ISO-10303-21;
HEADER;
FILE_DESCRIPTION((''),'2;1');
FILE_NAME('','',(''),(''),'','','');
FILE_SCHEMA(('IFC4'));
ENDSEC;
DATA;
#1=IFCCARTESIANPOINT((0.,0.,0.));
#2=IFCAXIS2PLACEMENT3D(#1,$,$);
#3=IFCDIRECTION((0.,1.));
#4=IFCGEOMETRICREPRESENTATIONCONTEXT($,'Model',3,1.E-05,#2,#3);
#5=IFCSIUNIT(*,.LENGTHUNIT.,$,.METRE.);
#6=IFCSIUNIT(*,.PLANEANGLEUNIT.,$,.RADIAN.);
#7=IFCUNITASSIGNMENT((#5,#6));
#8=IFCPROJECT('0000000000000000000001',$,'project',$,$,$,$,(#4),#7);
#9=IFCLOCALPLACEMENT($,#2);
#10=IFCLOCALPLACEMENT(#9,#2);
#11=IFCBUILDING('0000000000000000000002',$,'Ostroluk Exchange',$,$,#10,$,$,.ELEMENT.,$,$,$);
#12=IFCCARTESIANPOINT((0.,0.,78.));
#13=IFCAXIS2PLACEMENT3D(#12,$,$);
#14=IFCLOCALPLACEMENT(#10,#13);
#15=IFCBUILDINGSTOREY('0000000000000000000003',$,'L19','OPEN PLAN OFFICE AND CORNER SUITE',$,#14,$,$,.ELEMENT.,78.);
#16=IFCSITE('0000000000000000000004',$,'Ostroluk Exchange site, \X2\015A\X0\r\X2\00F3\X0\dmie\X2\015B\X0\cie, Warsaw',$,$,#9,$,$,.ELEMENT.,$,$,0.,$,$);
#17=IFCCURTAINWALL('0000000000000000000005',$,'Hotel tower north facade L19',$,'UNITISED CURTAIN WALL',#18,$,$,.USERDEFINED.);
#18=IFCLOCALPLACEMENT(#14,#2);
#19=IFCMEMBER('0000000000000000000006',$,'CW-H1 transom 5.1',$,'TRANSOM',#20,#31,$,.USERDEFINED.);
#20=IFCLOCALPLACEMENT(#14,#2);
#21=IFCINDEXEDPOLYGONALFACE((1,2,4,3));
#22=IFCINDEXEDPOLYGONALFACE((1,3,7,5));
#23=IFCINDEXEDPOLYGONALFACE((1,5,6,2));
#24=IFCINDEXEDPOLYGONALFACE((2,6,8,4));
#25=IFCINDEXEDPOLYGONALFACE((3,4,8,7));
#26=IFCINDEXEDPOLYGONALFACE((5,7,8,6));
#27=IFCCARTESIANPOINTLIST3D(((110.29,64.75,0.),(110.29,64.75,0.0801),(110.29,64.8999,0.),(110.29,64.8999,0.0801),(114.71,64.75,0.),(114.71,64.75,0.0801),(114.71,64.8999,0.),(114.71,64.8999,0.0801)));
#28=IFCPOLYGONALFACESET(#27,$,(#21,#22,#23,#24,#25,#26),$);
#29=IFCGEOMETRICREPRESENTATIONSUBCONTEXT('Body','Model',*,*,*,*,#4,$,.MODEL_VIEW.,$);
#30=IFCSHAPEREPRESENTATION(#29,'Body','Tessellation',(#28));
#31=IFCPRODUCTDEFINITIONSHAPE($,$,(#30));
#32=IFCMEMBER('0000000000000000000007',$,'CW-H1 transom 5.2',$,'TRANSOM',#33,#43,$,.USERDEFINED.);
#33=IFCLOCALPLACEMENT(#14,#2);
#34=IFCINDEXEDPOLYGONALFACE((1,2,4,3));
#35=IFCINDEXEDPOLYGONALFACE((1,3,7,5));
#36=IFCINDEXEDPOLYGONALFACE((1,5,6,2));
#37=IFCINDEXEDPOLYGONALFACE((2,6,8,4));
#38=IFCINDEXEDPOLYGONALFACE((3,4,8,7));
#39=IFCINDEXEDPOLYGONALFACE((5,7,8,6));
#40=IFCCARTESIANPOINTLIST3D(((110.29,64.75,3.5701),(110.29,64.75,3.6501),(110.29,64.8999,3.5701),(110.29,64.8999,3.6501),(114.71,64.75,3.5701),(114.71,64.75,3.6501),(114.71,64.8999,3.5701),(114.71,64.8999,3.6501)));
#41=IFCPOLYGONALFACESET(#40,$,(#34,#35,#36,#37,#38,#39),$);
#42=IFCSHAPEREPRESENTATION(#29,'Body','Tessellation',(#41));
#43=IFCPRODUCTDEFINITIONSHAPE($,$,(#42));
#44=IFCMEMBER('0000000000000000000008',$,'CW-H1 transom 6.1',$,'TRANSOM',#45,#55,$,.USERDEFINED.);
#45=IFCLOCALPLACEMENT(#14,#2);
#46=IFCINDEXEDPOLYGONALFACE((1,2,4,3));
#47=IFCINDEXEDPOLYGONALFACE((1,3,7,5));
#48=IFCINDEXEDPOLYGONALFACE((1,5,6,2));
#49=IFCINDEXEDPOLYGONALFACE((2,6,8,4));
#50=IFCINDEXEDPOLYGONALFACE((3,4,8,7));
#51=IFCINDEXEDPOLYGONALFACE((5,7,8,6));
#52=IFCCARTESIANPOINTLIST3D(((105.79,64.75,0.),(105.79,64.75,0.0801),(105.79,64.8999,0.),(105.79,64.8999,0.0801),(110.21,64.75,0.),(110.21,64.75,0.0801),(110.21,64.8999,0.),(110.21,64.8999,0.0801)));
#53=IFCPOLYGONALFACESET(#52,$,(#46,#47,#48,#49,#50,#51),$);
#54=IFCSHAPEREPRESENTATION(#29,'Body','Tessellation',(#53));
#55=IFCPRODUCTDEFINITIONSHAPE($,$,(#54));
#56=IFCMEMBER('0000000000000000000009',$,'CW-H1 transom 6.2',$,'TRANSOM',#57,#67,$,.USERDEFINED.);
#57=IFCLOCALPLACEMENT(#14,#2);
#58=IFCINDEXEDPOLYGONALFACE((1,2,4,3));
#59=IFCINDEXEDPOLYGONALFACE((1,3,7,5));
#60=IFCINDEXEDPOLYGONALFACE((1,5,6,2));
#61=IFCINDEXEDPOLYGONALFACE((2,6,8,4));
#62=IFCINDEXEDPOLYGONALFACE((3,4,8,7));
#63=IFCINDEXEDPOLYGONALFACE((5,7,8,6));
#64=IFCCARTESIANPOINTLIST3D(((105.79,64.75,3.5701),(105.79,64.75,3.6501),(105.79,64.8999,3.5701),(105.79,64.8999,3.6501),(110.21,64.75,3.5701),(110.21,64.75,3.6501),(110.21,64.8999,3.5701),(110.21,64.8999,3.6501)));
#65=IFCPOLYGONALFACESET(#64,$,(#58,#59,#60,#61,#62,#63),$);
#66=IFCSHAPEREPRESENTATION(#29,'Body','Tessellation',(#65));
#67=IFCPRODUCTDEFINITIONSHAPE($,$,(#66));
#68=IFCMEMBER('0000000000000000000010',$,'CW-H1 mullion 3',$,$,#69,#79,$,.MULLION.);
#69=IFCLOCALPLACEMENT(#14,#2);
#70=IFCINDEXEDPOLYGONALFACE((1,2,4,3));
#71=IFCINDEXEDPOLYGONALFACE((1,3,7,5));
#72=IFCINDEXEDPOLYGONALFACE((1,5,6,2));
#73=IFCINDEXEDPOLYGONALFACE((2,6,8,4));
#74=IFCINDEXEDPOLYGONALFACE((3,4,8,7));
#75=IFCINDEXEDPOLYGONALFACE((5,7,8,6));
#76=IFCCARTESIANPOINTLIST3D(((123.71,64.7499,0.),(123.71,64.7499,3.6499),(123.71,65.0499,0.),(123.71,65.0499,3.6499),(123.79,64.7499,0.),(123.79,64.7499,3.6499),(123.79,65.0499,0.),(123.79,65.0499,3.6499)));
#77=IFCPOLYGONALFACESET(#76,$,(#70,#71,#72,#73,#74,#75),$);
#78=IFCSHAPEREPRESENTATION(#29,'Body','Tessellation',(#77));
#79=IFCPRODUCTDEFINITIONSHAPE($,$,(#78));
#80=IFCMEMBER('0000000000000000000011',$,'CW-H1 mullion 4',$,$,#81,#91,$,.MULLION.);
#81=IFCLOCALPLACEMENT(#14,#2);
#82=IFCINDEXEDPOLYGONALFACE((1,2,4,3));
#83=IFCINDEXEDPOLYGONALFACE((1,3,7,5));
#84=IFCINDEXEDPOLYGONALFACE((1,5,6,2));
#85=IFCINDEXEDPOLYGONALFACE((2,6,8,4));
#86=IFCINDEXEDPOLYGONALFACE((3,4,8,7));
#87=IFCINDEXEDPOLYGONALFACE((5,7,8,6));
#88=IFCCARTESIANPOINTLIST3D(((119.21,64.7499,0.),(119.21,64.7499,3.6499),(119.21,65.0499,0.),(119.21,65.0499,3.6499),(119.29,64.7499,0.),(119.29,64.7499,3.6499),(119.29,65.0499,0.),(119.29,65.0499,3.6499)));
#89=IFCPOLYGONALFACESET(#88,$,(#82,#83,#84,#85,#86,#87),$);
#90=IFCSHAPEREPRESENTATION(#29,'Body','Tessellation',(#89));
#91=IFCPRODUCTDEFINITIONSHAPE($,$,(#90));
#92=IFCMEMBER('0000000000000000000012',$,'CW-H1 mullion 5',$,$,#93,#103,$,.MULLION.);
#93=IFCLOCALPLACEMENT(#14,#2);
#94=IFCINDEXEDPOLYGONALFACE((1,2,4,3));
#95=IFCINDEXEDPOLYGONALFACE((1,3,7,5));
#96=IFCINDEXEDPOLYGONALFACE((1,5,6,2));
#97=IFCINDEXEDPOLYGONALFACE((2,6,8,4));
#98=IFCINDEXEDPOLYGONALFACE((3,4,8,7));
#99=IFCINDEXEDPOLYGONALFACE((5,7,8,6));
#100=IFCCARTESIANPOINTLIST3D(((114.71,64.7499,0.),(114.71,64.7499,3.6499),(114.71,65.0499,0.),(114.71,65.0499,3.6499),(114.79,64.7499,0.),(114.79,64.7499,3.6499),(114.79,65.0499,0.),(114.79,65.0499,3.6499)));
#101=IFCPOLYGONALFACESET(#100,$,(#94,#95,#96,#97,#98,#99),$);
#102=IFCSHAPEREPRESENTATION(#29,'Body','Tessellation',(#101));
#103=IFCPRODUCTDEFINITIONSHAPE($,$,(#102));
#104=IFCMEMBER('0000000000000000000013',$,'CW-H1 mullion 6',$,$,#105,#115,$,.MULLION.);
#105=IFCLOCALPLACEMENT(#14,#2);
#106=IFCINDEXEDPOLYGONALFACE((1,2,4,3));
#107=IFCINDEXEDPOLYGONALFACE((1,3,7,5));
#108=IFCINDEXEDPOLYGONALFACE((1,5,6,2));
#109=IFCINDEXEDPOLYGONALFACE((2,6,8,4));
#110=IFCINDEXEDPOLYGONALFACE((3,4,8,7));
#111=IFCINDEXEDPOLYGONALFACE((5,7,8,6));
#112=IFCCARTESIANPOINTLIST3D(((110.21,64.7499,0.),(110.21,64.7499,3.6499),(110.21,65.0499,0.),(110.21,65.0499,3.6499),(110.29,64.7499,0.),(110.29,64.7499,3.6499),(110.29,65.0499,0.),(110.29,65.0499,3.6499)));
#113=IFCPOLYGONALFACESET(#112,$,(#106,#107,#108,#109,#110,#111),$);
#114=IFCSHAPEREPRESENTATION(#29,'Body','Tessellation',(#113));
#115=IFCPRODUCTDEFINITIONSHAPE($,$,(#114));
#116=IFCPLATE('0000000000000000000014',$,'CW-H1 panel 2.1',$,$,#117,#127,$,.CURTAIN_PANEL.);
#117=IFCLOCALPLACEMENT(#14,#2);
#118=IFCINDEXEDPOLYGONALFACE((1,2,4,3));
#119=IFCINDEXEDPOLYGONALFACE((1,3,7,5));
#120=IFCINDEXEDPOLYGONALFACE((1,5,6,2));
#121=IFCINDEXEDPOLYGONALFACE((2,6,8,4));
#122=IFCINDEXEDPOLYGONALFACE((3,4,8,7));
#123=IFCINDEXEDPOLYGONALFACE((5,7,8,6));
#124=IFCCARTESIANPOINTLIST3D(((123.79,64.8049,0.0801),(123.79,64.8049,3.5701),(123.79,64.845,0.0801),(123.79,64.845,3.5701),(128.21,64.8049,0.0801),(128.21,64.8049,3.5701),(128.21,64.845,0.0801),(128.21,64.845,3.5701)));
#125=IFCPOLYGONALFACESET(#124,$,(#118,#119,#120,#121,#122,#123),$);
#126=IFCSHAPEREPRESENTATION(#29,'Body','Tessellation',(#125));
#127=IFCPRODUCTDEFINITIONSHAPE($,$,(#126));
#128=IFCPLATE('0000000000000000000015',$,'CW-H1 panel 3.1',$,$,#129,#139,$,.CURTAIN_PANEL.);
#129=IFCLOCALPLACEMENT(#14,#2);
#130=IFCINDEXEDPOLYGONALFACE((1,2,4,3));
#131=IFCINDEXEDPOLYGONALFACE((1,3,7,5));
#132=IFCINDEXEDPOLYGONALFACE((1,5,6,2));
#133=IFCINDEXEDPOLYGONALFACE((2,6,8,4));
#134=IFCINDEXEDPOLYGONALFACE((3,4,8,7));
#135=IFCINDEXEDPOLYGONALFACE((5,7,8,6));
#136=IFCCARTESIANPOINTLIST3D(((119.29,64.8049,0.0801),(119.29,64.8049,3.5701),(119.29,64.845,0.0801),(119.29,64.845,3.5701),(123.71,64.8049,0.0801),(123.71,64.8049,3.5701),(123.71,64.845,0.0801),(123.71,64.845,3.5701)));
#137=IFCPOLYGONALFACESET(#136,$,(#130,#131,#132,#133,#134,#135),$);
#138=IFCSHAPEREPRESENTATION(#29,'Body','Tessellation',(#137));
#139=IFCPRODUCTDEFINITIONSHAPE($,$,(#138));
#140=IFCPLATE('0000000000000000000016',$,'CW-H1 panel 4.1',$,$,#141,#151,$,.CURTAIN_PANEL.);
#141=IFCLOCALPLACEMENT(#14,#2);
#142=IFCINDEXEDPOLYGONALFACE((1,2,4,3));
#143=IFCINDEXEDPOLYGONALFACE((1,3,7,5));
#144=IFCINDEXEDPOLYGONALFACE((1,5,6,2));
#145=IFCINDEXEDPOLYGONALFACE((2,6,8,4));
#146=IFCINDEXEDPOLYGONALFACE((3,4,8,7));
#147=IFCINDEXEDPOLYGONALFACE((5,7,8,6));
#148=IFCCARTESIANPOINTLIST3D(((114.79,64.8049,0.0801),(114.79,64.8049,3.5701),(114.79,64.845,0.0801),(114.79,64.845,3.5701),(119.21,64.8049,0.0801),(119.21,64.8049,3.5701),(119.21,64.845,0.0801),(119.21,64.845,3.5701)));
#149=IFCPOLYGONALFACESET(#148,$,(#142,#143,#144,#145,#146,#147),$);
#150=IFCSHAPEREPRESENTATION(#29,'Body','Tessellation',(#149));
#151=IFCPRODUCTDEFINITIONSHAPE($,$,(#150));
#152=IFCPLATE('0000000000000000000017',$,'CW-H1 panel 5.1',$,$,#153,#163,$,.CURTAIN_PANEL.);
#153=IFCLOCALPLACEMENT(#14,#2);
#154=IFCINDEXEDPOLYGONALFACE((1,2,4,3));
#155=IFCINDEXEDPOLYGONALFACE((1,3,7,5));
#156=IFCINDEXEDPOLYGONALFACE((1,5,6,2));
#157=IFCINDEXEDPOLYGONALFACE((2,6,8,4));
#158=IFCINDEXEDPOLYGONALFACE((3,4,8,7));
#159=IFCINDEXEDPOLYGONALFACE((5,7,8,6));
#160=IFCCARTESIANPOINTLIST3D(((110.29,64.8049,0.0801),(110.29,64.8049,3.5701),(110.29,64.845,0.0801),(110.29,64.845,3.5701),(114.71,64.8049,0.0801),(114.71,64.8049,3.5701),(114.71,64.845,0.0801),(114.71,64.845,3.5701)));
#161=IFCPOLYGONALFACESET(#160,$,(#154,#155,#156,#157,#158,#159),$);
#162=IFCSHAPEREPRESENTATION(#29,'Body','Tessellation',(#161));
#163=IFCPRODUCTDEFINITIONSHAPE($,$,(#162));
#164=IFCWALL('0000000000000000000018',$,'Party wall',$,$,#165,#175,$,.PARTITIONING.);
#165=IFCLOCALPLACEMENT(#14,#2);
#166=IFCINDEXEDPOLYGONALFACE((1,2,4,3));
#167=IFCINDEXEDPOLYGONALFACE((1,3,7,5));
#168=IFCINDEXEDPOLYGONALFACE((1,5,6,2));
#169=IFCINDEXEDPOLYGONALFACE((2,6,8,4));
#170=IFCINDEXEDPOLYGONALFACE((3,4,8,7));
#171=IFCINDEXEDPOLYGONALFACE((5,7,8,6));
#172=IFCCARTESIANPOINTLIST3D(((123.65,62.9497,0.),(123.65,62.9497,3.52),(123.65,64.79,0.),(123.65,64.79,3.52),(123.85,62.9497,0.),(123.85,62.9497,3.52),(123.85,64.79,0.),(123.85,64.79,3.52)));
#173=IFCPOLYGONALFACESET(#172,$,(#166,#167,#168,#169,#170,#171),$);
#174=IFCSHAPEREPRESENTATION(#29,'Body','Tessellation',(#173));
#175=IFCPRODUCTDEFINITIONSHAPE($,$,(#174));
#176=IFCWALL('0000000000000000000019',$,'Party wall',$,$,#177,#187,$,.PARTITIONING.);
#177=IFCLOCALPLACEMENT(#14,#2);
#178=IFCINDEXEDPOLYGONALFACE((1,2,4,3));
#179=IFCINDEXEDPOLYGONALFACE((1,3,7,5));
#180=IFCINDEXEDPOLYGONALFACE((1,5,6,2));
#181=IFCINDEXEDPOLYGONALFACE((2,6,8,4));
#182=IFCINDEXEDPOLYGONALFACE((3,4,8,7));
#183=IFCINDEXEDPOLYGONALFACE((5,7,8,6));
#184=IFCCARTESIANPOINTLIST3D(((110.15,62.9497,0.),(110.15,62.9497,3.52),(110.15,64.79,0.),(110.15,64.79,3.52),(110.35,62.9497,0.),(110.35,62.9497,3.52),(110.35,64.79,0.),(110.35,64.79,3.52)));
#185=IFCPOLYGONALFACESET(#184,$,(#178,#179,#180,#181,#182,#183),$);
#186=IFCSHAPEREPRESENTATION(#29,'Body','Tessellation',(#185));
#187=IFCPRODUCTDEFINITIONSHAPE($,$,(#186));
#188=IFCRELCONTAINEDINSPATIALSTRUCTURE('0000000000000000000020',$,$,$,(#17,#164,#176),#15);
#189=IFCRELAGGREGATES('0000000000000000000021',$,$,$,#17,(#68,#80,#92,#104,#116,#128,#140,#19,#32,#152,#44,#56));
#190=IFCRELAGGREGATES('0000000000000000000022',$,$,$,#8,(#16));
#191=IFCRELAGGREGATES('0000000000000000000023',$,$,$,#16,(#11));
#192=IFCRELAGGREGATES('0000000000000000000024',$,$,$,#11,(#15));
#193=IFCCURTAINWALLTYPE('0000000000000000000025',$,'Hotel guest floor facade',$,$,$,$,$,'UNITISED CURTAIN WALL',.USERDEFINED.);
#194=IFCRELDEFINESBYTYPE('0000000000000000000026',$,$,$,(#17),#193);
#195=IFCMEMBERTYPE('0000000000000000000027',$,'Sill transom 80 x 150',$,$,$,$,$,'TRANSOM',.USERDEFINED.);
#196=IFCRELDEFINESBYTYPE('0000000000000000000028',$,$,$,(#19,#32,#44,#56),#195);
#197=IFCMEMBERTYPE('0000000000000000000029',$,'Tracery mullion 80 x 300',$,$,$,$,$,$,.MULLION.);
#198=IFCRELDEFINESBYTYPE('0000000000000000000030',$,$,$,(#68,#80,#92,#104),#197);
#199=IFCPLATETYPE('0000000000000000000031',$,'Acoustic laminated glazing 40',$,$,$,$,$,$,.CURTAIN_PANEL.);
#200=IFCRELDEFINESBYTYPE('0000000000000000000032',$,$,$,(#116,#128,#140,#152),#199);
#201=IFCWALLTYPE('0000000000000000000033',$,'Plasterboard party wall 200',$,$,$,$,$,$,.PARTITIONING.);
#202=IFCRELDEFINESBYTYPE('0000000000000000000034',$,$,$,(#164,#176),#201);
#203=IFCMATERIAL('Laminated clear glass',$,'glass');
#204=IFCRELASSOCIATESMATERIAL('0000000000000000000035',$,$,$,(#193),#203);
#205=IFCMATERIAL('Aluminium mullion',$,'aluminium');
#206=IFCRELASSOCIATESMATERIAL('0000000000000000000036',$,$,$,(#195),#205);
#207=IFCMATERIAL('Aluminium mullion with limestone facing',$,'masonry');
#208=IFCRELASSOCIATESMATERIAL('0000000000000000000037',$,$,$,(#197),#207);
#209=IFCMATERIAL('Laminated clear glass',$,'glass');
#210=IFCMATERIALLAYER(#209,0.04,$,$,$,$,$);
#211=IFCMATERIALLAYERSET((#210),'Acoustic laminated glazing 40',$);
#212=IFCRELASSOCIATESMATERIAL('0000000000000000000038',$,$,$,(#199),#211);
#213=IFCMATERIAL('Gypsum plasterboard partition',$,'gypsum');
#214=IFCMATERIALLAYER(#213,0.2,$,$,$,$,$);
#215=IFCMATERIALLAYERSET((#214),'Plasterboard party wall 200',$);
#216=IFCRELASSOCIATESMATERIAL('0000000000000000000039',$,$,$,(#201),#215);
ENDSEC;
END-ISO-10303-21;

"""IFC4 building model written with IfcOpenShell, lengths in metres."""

from ifc_helpers import new_model, si_unit, direction, frame, frame_2d, origin, origin_2d, place, context, subcontext, project, spatial, rectangle, extrude, material, layer, layer_set, material_profile, profile_set, type_object, element, aggregate, save


model = new_model("IFC4")

# Units and contexts
model_context = context("Model", 3, precision=1e-05, world=origin(), true_north=direction((0.0, 1.0)))
body_context = subcontext(model_context, "Body", "Model", "MODEL_VIEW")
ifc_project = project(units=[si_unit("LENGTHUNIT", "METRE"), si_unit("PLANEANGLEUNIT", "RADIAN")], contexts=[model_context])

# Site, building, storey
site_placement = place(None, origin())
site = spatial("IfcSite", under=ifc_project, at=site_placement, Name="Ostroluk Exchange site, Śródmieście, Warsaw", CompositionType="ELEMENT", RefElevation=0.0)
building_placement = place(site_placement, origin())
building = spatial("IfcBuilding", under=site, at=building_placement, Name="Ostroluk Exchange", CompositionType="ELEMENT")
storey_placement = place(building_placement, frame((0.0, 0.0, 78.0)))
storey = spatial("IfcBuildingStorey", under=building, at=storey_placement, Name="L19", Description="OPEN PLAN OFFICE AND CORNER SUITE", CompositionType="ELEMENT", Elevation=78.0)

# Curtain wall, members, plates
ifc_material_1 = material(Name="Laminated clear glass", Category="glass")
curtain_wall_type = type_object("IfcCurtainWallType", Name="Hotel guest floor facade", ElementType="UNITISED CURTAIN WALL", PredefinedType="USERDEFINED", material=ifc_material_1)
curtain_wall_placement = place(storey_placement, origin())
curtain_wall = element("IfcCurtainWall", 1, at=curtain_wall_placement, inside=storey, type_object=curtain_wall_type, Name="Hotel tower north facade L19", ObjectType="UNITISED CURTAIN WALL", PredefinedType="USERDEFINED")
ifc_material_2 = material(Name="Aluminium mullion", Category="aluminium")
ifc_material_profile_1 = material_profile(ifc_material_2, rectangle(XDim=0.1499, YDim=0.0801, at=origin_2d()), Name="Sill transom 80 x 150")
ifc_profile_set_1 = profile_set([ifc_material_profile_1], Name="Aluminium mullion")
member_type_1 = type_object("IfcMemberType", Name="Sill transom 80 x 150", ElementType="TRANSOM", PredefinedType="USERDEFINED", material=ifc_profile_set_1)
member_1_placement = place(storey_placement, frame((114.71, 64.825, 0.04), z_axis=(-1.0, 0.0, 0.0), x_axis=(0.0, -1.0, 0.0)))
member_1 = element("IfcMember", 2, at=member_1_placement, type_object=member_type_1, Name="CW-H1 transom 5.1", ObjectType="TRANSOM", PredefinedType="USERDEFINED", context=body_context, shape_type="SweptSolid", body=[
    extrude(rectangle(XDim=0.1499, YDim=0.0801, at=origin_2d()), origin(), (0.0, 0.0, 1.0), 4.4199),
])
member_2_placement = place(storey_placement, frame((114.71, 64.825, 3.6101), z_axis=(-1.0, 0.0, 0.0), x_axis=(0.0, -1.0, 0.0)))
member_2 = element("IfcMember", 3, at=member_2_placement, type_object=member_type_1, Name="CW-H1 transom 5.2", ObjectType="TRANSOM", PredefinedType="USERDEFINED", context=body_context, shape_type="SweptSolid", body=[
    extrude(rectangle(XDim=0.1499, YDim=0.0801, at=origin_2d()), origin(), (0.0, 0.0, 1.0), 4.4199),
])
member_3_placement = place(storey_placement, frame((110.21, 64.825, 0.04), z_axis=(-1.0, 0.0, 0.0), x_axis=(0.0, -1.0, 0.0)))
member_3 = element("IfcMember", 4, at=member_3_placement, type_object=member_type_1, Name="CW-H1 transom 6.1", ObjectType="TRANSOM", PredefinedType="USERDEFINED", context=body_context, shape_type="SweptSolid", body=[
    extrude(rectangle(XDim=0.1499, YDim=0.0801, at=origin_2d()), origin(), (0.0, 0.0, 1.0), 4.4199),
])
member_4_placement = place(storey_placement, frame((110.21, 64.825, 3.6101), z_axis=(-1.0, 0.0, 0.0), x_axis=(0.0, -1.0, 0.0)))
member_4 = element("IfcMember", 5, at=member_4_placement, type_object=member_type_1, Name="CW-H1 transom 6.2", ObjectType="TRANSOM", PredefinedType="USERDEFINED", context=body_context, shape_type="SweptSolid", body=[
    extrude(rectangle(XDim=0.1499, YDim=0.0801, at=origin_2d()), origin(), (0.0, 0.0, 1.0), 4.4199),
])
ifc_material_3 = material(Name="Aluminium mullion with limestone facing", Category="masonry")
ifc_material_profile_2 = material_profile(ifc_material_3, rectangle(XDim=0.3, YDim=0.0801, at=origin_2d()), Name="Tracery mullion 80 x 300")
ifc_profile_set_2 = profile_set([ifc_material_profile_2], Name="Aluminium mullion with limestone facing")
member_type_2 = type_object("IfcMemberType", Name="Tracery mullion 80 x 300", PredefinedType="MULLION", material=ifc_profile_set_2)
member_5_placement = place(storey_placement, frame((123.75, 64.8999, 0.0), z_axis=(0.0, 0.0, 1.0), x_axis=(0.0, -1.0, 0.0)))
member_5 = element("IfcMember", 6, at=member_5_placement, type_object=member_type_2, Name="CW-H1 mullion 3", PredefinedType="MULLION", context=body_context, shape_type="SweptSolid", body=[
    extrude(rectangle(XDim=0.3, YDim=0.0801, at=origin_2d()), origin(), (0.0, 0.0, 1.0), 3.6499),
])
member_6_placement = place(storey_placement, frame((119.25, 64.8999, 0.0), z_axis=(0.0, 0.0, 1.0), x_axis=(0.0, -1.0, 0.0)))
member_6 = element("IfcMember", 7, at=member_6_placement, type_object=member_type_2, Name="CW-H1 mullion 4", PredefinedType="MULLION", context=body_context, shape_type="SweptSolid", body=[
    extrude(rectangle(XDim=0.3, YDim=0.0801, at=origin_2d()), origin(), (0.0, 0.0, 1.0), 3.6499),
])
member_7_placement = place(storey_placement, frame((114.75, 64.8999, 0.0), z_axis=(0.0, 0.0, 1.0), x_axis=(0.0, -1.0, 0.0)))
member_7 = element("IfcMember", 8, at=member_7_placement, type_object=member_type_2, Name="CW-H1 mullion 5", PredefinedType="MULLION", context=body_context, shape_type="SweptSolid", body=[
    extrude(rectangle(XDim=0.3, YDim=0.0801, at=origin_2d()), origin(), (0.0, 0.0, 1.0), 3.6499),
])
member_8_placement = place(storey_placement, frame((110.25, 64.8999, 0.0), z_axis=(0.0, 0.0, 1.0), x_axis=(0.0, -1.0, 0.0)))
member_8 = element("IfcMember", 9, at=member_8_placement, type_object=member_type_2, Name="CW-H1 mullion 6", PredefinedType="MULLION", context=body_context, shape_type="SweptSolid", body=[
    extrude(rectangle(XDim=0.3, YDim=0.0801, at=origin_2d()), origin(), (0.0, 0.0, 1.0), 3.6499),
])
ifc_material_4 = material(Name="Laminated clear glass", Category="glass")
ifc_layer_1 = layer(ifc_material_4, 0.04)
ifc_layer_set_1 = layer_set([ifc_layer_1], Name="Acoustic laminated glazing 40")
plate_type = type_object("IfcPlateType", Name="Acoustic laminated glazing 40", PredefinedType="CURTAIN_PANEL", material=ifc_layer_set_1)
plate_1_placement = place(storey_placement, frame((126.0, 64.825, 0.0801), z_axis=(0.0, 0.0, 1.0), x_axis=(-1.0, 0.0, 0.0)))
plate_1 = element("IfcPlate", 10, at=plate_1_placement, type_object=plate_type, Name="CW-H1 panel 2.1", PredefinedType="CURTAIN_PANEL", context=body_context, shape_type="SweptSolid", body=[
    extrude(rectangle(XDim=4.4199, YDim=0.04, at=origin_2d()), origin(), (0.0, 0.0, 1.0), 3.49),
])
plate_2_placement = place(storey_placement, frame((121.5, 64.825, 0.0801), z_axis=(0.0, 0.0, 1.0), x_axis=(-1.0, 0.0, 0.0)))
plate_2 = element("IfcPlate", 11, at=plate_2_placement, type_object=plate_type, Name="CW-H1 panel 3.1", PredefinedType="CURTAIN_PANEL", context=body_context, shape_type="SweptSolid", body=[
    extrude(rectangle(XDim=4.4199, YDim=0.04, at=origin_2d()), origin(), (0.0, 0.0, 1.0), 3.49),
])
plate_3_placement = place(storey_placement, frame((117.0, 64.825, 0.0801), z_axis=(0.0, 0.0, 1.0), x_axis=(-1.0, 0.0, 0.0)))
plate_3 = element("IfcPlate", 12, at=plate_3_placement, type_object=plate_type, Name="CW-H1 panel 4.1", PredefinedType="CURTAIN_PANEL", context=body_context, shape_type="SweptSolid", body=[
    extrude(rectangle(XDim=4.4199, YDim=0.04, at=origin_2d()), origin(), (0.0, 0.0, 1.0), 3.49),
])
plate_4_placement = place(storey_placement, frame((112.5, 64.825, 0.0801), z_axis=(0.0, 0.0, 1.0), x_axis=(-1.0, 0.0, 0.0)))
plate_4 = element("IfcPlate", 13, at=plate_4_placement, type_object=plate_type, Name="CW-H1 panel 5.1", PredefinedType="CURTAIN_PANEL", context=body_context, shape_type="SweptSolid", body=[
    extrude(rectangle(XDim=4.4199, YDim=0.04, at=origin_2d()), origin(), (0.0, 0.0, 1.0), 3.49),
])
aggregate(curtain_wall, [member_5, member_6, member_7, member_8, plate_1, plate_2, plate_3, member_1, member_2, plate_4, member_3, member_4])

# Walls
ifc_material_5 = material(Name="Gypsum plasterboard partition", Category="gypsum")
ifc_layer_2 = layer(ifc_material_5, 0.2)
ifc_layer_set_2 = layer_set([ifc_layer_2], Name="Plasterboard party wall 200")
wall_type = type_object("IfcWallType", Name="Plasterboard party wall 200", PredefinedType="PARTITIONING", material=ifc_layer_set_2)
for number, where, z_axis, x_axis, name in (
    (14, (123.75, 62.9497, 0.0), (0.0, 0.0, 1.0), (0.0, 1.0, 0.0), "Party wall"),
    (15, (110.25, 62.9497, 0.0), (0.0, 0.0, 1.0), (0.0, 1.0, 0.0), "Party wall"),
):
    element("IfcWall", number, at=place(storey_placement, frame(where, z_axis=z_axis, x_axis=x_axis)), inside=storey, type_object=wall_type, Name=name, PredefinedType="PARTITIONING", context=body_context, shape_type="SweptSolid", body=[
        extrude(rectangle(XDim=1.8403, YDim=0.2, at=frame_2d((0.9202, 0.0))), origin(), (0.0, 0.0, 1.0), 3.52),
    ])

save(model, "model.ifc")
